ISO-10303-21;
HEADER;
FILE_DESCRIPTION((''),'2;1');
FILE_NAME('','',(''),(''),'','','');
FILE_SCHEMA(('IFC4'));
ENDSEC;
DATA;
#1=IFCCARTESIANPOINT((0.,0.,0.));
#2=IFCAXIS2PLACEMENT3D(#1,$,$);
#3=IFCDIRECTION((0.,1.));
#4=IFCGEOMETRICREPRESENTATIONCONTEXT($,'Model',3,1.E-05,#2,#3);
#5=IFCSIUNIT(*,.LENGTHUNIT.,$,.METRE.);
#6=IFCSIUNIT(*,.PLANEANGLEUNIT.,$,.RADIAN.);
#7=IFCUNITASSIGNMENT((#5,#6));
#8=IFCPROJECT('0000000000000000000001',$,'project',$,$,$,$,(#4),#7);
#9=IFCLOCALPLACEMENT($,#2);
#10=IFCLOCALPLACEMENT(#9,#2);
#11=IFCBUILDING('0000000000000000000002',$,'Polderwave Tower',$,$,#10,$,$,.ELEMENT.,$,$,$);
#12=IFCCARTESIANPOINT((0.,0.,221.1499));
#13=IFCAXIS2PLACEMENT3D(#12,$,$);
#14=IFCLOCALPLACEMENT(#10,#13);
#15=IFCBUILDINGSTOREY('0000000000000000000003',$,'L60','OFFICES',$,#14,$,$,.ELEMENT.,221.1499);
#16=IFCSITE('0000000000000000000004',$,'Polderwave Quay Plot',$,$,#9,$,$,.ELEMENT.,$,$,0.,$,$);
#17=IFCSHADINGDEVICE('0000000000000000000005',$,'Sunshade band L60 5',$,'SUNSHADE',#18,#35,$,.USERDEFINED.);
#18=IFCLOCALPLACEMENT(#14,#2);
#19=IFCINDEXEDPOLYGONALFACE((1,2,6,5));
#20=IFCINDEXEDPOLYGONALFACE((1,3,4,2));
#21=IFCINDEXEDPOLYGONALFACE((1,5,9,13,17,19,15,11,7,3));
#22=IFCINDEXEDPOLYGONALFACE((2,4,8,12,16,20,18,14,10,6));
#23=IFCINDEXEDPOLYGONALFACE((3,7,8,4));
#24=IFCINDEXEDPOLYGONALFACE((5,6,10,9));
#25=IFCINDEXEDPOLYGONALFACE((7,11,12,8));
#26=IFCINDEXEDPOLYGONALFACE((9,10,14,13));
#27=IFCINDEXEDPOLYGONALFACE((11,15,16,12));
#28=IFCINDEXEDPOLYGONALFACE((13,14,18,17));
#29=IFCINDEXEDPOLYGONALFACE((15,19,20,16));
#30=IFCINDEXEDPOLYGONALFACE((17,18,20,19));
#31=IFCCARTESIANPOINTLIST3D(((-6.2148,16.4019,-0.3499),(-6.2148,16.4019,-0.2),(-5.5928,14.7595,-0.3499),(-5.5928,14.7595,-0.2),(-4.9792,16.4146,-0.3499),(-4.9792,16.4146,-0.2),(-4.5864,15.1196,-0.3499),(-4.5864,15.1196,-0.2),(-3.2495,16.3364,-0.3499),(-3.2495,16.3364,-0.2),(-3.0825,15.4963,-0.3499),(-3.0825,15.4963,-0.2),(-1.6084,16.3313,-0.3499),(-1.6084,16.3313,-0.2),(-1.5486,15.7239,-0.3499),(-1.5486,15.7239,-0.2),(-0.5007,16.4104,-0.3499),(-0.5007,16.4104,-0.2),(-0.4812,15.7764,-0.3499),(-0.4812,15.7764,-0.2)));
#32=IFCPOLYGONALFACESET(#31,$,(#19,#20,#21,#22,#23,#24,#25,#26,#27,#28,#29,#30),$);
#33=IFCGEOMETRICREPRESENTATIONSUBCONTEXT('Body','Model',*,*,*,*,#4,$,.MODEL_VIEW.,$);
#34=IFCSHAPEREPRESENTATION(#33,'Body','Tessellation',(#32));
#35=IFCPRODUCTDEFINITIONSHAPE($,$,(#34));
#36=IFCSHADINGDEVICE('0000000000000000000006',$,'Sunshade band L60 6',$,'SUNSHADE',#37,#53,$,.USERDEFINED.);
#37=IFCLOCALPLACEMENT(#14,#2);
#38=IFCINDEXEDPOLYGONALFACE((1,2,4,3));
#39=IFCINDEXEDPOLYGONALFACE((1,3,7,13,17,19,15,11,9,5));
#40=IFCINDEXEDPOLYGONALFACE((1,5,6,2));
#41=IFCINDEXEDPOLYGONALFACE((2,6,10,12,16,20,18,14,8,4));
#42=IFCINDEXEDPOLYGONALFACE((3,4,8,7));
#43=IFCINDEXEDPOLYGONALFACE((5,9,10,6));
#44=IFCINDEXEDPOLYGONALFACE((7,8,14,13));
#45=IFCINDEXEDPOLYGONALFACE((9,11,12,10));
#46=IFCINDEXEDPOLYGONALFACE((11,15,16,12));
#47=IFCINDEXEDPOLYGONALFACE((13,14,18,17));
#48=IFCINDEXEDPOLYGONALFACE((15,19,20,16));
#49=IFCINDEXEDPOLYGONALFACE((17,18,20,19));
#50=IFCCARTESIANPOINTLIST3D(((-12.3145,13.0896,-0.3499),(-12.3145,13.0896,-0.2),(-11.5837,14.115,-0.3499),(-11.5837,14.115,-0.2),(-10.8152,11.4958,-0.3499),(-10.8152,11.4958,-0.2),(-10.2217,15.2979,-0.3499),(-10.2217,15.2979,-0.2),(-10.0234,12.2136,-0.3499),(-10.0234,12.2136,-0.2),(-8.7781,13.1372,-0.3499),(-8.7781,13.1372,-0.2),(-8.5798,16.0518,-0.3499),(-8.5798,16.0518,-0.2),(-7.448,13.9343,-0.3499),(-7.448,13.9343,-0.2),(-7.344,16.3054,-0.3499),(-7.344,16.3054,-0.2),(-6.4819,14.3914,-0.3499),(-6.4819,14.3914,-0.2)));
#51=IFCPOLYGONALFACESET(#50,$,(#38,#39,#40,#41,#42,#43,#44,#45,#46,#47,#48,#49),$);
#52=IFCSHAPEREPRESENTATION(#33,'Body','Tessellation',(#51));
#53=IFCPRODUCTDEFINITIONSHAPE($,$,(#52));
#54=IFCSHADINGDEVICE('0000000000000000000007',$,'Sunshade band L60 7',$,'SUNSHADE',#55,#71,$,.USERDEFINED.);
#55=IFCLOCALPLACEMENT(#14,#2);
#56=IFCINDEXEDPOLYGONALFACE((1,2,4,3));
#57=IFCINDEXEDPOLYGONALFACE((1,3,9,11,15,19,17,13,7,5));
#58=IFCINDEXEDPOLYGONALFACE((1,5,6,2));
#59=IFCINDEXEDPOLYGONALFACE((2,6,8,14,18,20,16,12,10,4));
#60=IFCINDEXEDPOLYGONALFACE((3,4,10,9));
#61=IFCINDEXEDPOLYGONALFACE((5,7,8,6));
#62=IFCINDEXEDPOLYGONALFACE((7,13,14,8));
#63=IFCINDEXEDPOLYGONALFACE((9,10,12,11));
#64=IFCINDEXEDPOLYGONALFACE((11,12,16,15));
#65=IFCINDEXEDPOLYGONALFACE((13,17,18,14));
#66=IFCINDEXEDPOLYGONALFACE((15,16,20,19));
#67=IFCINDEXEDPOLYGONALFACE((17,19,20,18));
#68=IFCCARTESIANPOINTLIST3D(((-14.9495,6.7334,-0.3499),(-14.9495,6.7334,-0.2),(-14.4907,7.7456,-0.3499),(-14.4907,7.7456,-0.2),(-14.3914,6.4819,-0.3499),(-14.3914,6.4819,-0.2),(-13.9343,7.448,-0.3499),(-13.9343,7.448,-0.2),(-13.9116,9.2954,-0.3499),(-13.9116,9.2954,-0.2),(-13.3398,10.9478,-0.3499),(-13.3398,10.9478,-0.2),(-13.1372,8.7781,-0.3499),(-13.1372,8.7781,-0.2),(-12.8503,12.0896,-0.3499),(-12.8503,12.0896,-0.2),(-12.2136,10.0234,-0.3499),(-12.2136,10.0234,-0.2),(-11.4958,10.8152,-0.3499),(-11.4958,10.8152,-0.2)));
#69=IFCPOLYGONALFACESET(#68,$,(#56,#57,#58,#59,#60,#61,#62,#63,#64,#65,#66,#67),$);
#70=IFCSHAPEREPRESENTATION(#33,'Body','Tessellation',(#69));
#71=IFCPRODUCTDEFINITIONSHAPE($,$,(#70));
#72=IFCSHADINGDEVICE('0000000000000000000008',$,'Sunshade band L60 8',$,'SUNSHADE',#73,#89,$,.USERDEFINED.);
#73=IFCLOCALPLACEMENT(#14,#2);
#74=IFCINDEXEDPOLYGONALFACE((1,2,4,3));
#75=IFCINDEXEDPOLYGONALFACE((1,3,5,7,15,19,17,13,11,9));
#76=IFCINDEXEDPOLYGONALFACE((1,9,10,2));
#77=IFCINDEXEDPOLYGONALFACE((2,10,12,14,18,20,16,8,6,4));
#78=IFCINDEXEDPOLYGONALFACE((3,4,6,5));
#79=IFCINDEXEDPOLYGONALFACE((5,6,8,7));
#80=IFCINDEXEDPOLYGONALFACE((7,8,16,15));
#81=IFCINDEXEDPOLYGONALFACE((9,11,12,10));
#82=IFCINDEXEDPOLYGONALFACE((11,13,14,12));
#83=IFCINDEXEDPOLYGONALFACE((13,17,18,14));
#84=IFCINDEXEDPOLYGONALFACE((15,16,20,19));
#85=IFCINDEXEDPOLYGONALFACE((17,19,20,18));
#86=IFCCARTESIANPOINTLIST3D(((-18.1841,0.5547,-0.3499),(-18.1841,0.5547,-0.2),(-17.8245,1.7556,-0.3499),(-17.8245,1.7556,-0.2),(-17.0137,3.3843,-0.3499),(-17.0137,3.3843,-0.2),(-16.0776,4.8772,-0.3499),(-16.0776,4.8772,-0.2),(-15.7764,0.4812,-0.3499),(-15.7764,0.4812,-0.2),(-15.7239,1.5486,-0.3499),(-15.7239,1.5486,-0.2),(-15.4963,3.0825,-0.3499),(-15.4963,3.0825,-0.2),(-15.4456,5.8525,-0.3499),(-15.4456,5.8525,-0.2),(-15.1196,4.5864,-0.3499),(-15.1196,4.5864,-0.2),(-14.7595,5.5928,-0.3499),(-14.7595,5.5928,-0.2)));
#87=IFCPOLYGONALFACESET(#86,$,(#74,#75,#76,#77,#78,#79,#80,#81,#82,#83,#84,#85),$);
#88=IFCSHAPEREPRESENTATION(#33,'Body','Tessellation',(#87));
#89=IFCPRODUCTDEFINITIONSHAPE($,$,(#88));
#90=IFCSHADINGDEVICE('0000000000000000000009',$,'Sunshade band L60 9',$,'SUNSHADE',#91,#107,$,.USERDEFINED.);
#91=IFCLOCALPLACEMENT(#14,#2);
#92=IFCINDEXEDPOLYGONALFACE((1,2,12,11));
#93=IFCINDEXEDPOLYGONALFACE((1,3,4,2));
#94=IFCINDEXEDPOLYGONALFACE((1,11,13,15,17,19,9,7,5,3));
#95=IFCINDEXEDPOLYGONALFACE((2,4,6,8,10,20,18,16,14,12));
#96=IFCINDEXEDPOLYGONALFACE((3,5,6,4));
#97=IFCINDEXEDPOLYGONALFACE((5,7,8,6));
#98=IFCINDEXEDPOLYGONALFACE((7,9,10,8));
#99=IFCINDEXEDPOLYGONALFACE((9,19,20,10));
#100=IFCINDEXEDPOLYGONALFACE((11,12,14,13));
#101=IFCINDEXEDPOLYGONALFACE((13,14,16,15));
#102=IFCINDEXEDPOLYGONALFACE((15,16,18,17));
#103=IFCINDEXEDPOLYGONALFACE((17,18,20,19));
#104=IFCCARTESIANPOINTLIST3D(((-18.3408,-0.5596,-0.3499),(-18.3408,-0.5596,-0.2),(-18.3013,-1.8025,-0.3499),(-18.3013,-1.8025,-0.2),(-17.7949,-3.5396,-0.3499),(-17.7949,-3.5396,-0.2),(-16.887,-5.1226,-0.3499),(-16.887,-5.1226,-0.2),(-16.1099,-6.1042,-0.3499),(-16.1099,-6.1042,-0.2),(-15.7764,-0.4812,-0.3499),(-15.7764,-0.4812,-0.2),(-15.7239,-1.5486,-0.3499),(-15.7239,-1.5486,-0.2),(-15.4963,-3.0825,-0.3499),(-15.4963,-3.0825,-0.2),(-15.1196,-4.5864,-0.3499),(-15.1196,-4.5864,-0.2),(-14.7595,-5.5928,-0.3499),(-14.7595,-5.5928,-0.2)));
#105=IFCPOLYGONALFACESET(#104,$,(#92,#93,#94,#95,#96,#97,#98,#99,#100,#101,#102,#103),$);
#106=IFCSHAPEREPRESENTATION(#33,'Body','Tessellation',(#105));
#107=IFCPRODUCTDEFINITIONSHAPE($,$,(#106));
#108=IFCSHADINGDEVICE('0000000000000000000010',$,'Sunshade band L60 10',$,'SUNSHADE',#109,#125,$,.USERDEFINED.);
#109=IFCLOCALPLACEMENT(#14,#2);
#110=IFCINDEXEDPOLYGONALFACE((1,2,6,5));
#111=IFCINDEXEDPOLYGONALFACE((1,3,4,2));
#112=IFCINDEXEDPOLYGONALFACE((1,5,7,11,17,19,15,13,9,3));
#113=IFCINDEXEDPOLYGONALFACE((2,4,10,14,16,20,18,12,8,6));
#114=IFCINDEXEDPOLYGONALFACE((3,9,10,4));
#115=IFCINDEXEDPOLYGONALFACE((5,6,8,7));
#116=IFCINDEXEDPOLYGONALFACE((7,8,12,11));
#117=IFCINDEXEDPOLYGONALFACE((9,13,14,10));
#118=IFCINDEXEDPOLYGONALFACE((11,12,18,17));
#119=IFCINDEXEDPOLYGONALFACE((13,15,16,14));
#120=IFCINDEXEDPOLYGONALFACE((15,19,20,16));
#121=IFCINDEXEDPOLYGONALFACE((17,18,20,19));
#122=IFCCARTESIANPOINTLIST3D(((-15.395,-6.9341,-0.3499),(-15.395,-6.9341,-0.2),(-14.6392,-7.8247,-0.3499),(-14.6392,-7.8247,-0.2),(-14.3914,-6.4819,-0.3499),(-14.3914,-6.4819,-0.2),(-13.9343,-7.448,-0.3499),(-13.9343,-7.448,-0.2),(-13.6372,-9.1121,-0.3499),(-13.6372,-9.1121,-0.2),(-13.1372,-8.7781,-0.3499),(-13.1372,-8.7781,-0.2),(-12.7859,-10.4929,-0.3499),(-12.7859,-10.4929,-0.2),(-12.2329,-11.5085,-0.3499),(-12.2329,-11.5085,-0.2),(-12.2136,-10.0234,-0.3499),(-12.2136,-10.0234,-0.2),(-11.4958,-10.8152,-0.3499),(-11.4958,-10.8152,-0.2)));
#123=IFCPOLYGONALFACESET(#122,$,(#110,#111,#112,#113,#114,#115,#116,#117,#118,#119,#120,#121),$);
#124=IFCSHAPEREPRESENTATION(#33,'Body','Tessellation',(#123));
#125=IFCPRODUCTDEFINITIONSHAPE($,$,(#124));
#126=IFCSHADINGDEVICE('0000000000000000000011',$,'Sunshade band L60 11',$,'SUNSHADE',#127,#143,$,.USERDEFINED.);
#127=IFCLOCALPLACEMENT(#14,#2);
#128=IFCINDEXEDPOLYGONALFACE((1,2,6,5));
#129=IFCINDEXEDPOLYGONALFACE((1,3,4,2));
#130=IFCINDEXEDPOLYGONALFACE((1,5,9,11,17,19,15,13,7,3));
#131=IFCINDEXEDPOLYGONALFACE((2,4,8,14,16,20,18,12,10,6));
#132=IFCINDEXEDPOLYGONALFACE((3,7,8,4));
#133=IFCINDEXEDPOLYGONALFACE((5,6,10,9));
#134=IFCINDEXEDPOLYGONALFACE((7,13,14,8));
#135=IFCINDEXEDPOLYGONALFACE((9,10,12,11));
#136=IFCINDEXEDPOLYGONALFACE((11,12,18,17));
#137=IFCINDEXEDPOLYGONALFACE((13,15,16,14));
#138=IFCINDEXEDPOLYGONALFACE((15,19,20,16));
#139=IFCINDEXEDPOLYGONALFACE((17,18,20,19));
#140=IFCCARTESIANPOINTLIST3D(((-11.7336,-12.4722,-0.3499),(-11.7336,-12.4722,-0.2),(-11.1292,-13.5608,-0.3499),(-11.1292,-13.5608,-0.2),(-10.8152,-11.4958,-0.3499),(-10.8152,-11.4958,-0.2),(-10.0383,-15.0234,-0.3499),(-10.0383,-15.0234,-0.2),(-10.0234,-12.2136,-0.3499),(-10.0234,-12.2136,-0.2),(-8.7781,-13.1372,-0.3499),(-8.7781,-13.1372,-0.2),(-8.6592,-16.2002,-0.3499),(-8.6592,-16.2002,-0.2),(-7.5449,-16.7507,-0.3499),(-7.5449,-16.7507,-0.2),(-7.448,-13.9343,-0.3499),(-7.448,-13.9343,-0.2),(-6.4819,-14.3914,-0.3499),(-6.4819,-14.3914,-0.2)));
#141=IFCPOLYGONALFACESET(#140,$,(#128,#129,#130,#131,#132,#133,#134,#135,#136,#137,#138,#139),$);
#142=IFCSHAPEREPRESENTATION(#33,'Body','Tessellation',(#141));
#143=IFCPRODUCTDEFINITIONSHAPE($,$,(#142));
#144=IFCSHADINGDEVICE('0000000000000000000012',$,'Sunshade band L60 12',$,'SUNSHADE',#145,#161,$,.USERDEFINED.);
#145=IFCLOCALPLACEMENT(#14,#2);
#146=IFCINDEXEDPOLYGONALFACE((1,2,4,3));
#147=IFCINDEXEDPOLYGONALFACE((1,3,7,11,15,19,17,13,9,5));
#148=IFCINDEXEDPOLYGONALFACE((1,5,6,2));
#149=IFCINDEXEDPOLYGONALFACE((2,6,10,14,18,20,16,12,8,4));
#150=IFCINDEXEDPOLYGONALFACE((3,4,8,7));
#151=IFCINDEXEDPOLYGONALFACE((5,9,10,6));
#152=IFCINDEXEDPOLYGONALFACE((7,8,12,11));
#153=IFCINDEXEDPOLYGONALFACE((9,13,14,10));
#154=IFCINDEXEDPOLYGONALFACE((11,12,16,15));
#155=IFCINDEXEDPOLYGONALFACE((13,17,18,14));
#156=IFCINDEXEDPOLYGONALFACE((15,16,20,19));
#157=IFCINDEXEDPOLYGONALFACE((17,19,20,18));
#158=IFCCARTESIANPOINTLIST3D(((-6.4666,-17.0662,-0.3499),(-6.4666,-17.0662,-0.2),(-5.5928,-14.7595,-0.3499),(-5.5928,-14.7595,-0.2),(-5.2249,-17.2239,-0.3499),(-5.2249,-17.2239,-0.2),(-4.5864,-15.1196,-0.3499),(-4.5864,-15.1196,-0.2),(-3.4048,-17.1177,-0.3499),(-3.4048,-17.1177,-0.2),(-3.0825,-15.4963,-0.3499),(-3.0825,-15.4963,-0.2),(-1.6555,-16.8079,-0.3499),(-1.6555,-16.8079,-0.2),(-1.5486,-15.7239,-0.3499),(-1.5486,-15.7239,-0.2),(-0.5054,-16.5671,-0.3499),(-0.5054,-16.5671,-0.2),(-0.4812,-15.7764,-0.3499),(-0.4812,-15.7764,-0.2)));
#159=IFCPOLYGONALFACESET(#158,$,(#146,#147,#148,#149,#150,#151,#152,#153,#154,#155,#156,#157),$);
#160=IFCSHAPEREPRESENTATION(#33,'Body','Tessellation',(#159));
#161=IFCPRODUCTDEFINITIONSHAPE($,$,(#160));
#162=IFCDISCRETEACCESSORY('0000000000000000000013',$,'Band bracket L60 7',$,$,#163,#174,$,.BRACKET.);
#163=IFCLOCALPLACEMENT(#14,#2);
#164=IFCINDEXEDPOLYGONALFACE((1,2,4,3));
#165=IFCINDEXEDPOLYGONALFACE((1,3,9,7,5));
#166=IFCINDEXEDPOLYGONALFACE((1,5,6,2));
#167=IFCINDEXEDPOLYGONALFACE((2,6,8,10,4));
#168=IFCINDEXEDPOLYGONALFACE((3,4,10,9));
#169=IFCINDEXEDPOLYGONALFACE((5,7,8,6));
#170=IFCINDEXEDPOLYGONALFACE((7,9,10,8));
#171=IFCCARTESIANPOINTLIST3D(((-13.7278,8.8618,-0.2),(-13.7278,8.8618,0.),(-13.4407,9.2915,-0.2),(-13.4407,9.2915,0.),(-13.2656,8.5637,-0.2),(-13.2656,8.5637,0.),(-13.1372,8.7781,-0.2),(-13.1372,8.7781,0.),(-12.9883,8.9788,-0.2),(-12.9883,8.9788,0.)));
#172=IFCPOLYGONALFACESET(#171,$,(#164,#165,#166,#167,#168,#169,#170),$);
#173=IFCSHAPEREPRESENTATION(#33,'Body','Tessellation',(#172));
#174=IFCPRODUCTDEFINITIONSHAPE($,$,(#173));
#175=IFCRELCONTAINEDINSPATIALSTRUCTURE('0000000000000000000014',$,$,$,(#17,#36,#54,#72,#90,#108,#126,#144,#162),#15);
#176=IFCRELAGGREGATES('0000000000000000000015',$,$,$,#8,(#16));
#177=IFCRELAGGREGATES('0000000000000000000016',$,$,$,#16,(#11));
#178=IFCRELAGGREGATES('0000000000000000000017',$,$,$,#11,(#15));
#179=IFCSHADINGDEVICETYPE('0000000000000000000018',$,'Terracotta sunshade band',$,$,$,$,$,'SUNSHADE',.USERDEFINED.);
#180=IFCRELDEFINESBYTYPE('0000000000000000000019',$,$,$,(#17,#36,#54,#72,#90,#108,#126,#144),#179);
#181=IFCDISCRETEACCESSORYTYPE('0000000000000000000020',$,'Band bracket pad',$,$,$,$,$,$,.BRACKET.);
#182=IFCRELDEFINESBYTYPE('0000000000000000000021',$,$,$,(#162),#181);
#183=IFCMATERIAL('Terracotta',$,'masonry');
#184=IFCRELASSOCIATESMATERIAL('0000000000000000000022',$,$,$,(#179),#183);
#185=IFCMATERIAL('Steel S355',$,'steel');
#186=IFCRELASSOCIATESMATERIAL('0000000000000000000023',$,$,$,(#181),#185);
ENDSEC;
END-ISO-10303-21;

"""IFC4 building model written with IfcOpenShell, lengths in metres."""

from ifc_helpers import new_model, si_unit, direction, frame, origin, place, context, subcontext, project, spatial, polyline, outline, extrude, material, type_object, element, save


model = new_model("IFC4")

# Units and contexts
model_context = context("Model", 3, precision=1e-05, world=origin(), true_north=direction((0.0, 1.0)))
body_context = subcontext(model_context, "Body", "Model", "MODEL_VIEW")
ifc_project = project(units=[si_unit("LENGTHUNIT", "METRE"), si_unit("PLANEANGLEUNIT", "RADIAN")], contexts=[model_context])

# Site, building, storey
site_placement = place(None, origin())
site = spatial("IfcSite", under=ifc_project, at=site_placement, Name="Polderwave Quay Plot", CompositionType="ELEMENT", RefElevation=0.0)
building_placement = place(site_placement, origin())
building = spatial("IfcBuilding", under=site, at=building_placement, Name="Polderwave Tower", CompositionType="ELEMENT")
storey_placement = place(building_placement, frame((0.0, 0.0, 221.1499)))
storey = spatial("IfcBuildingStorey", under=building, at=storey_placement, Name="L60", Description="OFFICES", CompositionType="ELEMENT", Elevation=221.1499)

# Shading devices
ifc_material_1 = material(Name="Terracotta", Category="masonry")
shading_device_type = type_object("IfcShadingDeviceType", Name="Terracotta sunshade band", ElementType="SUNSHADE", PredefinedType="USERDEFINED", material=ifc_material_1)
shading_device_1_placement = place(storey_placement, frame((0.0, 0.0, -0.3499)))
element("IfcShadingDevice", 1, at=shading_device_1_placement, inside=storey, type_object=shading_device_type, Name="Sunshade band L60 5", ObjectType="SUNSHADE", PredefinedType="USERDEFINED", context=body_context, shape_type="SweptSolid", body=[
    extrude(outline(polyline([(-0.4812, 15.7764), (-1.5486, 15.7239), (-3.0825, 15.4963), (-4.5864, 15.1196), (-5.5928, 14.7595), (-6.2148, 16.4019), (-4.9792, 16.4146), (-3.2495, 16.3364), (-1.6084, 16.3313), (-0.5007, 16.4104), (-0.4812, 15.7764)])), origin(), (0.0, 0.0, 1.0), 0.1499),
])
shading_device_2_placement = place(storey_placement, frame((0.0, 0.0, -0.3499)))
element("IfcShadingDevice", 2, at=shading_device_2_placement, inside=storey, type_object=shading_device_type, Name="Sunshade band L60 6", ObjectType="SUNSHADE", PredefinedType="USERDEFINED", context=body_context, shape_type="SweptSolid", body=[
    extrude(outline(polyline([(-6.4819, 14.3914), (-7.448, 13.9343), (-8.7781, 13.1372), (-10.0234, 12.2136), (-10.8152, 11.4958), (-12.3145, 13.0896), (-11.5837, 14.115), (-10.2217, 15.2979), (-8.5798, 16.0518), (-7.344, 16.3054), (-6.4819, 14.3914)])), origin(), (0.0, 0.0, 1.0), 0.1499),
])
shading_device_3_placement = place(storey_placement, frame((0.0, 0.0, -0.3499)))
element("IfcShadingDevice", 3, at=shading_device_3_placement, inside=storey, type_object=shading_device_type, Name="Sunshade band L60 7", ObjectType="SUNSHADE", PredefinedType="USERDEFINED", context=body_context, shape_type="SweptSolid", body=[
    extrude(outline(polyline([(-11.4958, 10.8152), (-12.2136, 10.0234), (-13.1372, 8.7781), (-13.9343, 7.448), (-14.3914, 6.4819), (-14.9495, 6.7334), (-14.4907, 7.7456), (-13.9116, 9.2954), (-13.3398, 10.9478), (-12.8503, 12.0896), (-11.4958, 10.8152)])), origin(), (0.0, 0.0, 1.0), 0.1499),
])
shading_device_4_placement = place(storey_placement, frame((0.0, 0.0, -0.3499)))
element("IfcShadingDevice", 4, at=shading_device_4_placement, inside=storey, type_object=shading_device_type, Name="Sunshade band L60 8", ObjectType="SUNSHADE", PredefinedType="USERDEFINED", context=body_context, shape_type="SweptSolid", body=[
    extrude(outline(polyline([(-14.7595, 5.5928), (-15.1196, 4.5864), (-15.4963, 3.0825), (-15.7239, 1.5486), (-15.7764, 0.4812), (-18.1841, 0.5547), (-17.8245, 1.7556), (-17.0137, 3.3843), (-16.0776, 4.8772), (-15.4456, 5.8525), (-14.7595, 5.5928)])), origin(), (0.0, 0.0, 1.0), 0.1499),
])
shading_device_5_placement = place(storey_placement, frame((0.0, 0.0, -0.3499)))
element("IfcShadingDevice", 5, at=shading_device_5_placement, inside=storey, type_object=shading_device_type, Name="Sunshade band L60 9", ObjectType="SUNSHADE", PredefinedType="USERDEFINED", context=body_context, shape_type="SweptSolid", body=[
    extrude(outline(polyline([(-15.7764, -0.4812), (-15.7239, -1.5486), (-15.4963, -3.0825), (-15.1196, -4.5864), (-14.7595, -5.5928), (-16.1099, -6.1042), (-16.887, -5.1226), (-17.7949, -3.5396), (-18.3013, -1.8025), (-18.3408, -0.5596), (-15.7764, -0.4812)])), origin(), (0.0, 0.0, 1.0), 0.1499),
])
shading_device_6_placement = place(storey_placement, frame((0.0, 0.0, -0.3499)))
element("IfcShadingDevice", 6, at=shading_device_6_placement, inside=storey, type_object=shading_device_type, Name="Sunshade band L60 10", ObjectType="SUNSHADE", PredefinedType="USERDEFINED", context=body_context, shape_type="SweptSolid", body=[
    extrude(outline(polyline([(-14.3914, -6.4819), (-13.9343, -7.448), (-13.1372, -8.7781), (-12.2136, -10.0234), (-11.4958, -10.8152), (-12.2329, -11.5085), (-12.7859, -10.4929), (-13.6372, -9.1121), (-14.6392, -7.8247), (-15.395, -6.9341), (-14.3914, -6.4819)])), origin(), (0.0, 0.0, 1.0), 0.1499),
])
shading_device_7_placement = place(storey_placement, frame((0.0, 0.0, -0.3499)))
element("IfcShadingDevice", 7, at=shading_device_7_placement, inside=storey, type_object=shading_device_type, Name="Sunshade band L60 11", ObjectType="SUNSHADE", PredefinedType="USERDEFINED", context=body_context, shape_type="SweptSolid", body=[
    extrude(outline(polyline([(-10.8152, -11.4958), (-10.0234, -12.2136), (-8.7781, -13.1372), (-7.448, -13.9343), (-6.4819, -14.3914), (-7.5449, -16.7507), (-8.6592, -16.2002), (-10.0383, -15.0234), (-11.1292, -13.5608), (-11.7336, -12.4722), (-10.8152, -11.4958)])), origin(), (0.0, 0.0, 1.0), 0.1499),
])
shading_device_8_placement = place(storey_placement, frame((0.0, 0.0, -0.3499)))
element("IfcShadingDevice", 8, at=shading_device_8_placement, inside=storey, type_object=shading_device_type, Name="Sunshade band L60 12", ObjectType="SUNSHADE", PredefinedType="USERDEFINED", context=body_context, shape_type="SweptSolid", body=[
    extrude(outline(polyline([(-5.5928, -14.7595), (-4.5864, -15.1196), (-3.0825, -15.4963), (-1.5486, -15.7239), (-0.4812, -15.7764), (-0.5054, -16.5671), (-1.6555, -16.8079), (-3.4048, -17.1177), (-5.2249, -17.2239), (-6.4666, -17.0662), (-5.5928, -14.7595)])), origin(), (0.0, 0.0, 1.0), 0.1499),
])

# Discrete accessory
ifc_material_2 = material(Name="Steel S355", Category="steel")
discrete_accessory_type = type_object("IfcDiscreteAccessoryType", Name="Band bracket pad", PredefinedType="BRACKET", material=ifc_material_2)
discrete_accessory_placement = place(storey_placement, frame((0.0, 0.0, -0.2)))
element("IfcDiscreteAccessory", 9, at=discrete_accessory_placement, inside=storey, type_object=discrete_accessory_type, Name="Band bracket L60 7", PredefinedType="BRACKET", context=body_context, shape_type="SweptSolid", body=[
    extrude(outline(polyline([(-12.9883, 8.9788), (-13.1372, 8.7781), (-13.2656, 8.5637), (-13.7278, 8.8618), (-13.4407, 9.2915), (-12.9883, 8.9788)])), origin(), (0.0, 0.0, 1.0), 0.2),
])

save(model, "model.ifc")
